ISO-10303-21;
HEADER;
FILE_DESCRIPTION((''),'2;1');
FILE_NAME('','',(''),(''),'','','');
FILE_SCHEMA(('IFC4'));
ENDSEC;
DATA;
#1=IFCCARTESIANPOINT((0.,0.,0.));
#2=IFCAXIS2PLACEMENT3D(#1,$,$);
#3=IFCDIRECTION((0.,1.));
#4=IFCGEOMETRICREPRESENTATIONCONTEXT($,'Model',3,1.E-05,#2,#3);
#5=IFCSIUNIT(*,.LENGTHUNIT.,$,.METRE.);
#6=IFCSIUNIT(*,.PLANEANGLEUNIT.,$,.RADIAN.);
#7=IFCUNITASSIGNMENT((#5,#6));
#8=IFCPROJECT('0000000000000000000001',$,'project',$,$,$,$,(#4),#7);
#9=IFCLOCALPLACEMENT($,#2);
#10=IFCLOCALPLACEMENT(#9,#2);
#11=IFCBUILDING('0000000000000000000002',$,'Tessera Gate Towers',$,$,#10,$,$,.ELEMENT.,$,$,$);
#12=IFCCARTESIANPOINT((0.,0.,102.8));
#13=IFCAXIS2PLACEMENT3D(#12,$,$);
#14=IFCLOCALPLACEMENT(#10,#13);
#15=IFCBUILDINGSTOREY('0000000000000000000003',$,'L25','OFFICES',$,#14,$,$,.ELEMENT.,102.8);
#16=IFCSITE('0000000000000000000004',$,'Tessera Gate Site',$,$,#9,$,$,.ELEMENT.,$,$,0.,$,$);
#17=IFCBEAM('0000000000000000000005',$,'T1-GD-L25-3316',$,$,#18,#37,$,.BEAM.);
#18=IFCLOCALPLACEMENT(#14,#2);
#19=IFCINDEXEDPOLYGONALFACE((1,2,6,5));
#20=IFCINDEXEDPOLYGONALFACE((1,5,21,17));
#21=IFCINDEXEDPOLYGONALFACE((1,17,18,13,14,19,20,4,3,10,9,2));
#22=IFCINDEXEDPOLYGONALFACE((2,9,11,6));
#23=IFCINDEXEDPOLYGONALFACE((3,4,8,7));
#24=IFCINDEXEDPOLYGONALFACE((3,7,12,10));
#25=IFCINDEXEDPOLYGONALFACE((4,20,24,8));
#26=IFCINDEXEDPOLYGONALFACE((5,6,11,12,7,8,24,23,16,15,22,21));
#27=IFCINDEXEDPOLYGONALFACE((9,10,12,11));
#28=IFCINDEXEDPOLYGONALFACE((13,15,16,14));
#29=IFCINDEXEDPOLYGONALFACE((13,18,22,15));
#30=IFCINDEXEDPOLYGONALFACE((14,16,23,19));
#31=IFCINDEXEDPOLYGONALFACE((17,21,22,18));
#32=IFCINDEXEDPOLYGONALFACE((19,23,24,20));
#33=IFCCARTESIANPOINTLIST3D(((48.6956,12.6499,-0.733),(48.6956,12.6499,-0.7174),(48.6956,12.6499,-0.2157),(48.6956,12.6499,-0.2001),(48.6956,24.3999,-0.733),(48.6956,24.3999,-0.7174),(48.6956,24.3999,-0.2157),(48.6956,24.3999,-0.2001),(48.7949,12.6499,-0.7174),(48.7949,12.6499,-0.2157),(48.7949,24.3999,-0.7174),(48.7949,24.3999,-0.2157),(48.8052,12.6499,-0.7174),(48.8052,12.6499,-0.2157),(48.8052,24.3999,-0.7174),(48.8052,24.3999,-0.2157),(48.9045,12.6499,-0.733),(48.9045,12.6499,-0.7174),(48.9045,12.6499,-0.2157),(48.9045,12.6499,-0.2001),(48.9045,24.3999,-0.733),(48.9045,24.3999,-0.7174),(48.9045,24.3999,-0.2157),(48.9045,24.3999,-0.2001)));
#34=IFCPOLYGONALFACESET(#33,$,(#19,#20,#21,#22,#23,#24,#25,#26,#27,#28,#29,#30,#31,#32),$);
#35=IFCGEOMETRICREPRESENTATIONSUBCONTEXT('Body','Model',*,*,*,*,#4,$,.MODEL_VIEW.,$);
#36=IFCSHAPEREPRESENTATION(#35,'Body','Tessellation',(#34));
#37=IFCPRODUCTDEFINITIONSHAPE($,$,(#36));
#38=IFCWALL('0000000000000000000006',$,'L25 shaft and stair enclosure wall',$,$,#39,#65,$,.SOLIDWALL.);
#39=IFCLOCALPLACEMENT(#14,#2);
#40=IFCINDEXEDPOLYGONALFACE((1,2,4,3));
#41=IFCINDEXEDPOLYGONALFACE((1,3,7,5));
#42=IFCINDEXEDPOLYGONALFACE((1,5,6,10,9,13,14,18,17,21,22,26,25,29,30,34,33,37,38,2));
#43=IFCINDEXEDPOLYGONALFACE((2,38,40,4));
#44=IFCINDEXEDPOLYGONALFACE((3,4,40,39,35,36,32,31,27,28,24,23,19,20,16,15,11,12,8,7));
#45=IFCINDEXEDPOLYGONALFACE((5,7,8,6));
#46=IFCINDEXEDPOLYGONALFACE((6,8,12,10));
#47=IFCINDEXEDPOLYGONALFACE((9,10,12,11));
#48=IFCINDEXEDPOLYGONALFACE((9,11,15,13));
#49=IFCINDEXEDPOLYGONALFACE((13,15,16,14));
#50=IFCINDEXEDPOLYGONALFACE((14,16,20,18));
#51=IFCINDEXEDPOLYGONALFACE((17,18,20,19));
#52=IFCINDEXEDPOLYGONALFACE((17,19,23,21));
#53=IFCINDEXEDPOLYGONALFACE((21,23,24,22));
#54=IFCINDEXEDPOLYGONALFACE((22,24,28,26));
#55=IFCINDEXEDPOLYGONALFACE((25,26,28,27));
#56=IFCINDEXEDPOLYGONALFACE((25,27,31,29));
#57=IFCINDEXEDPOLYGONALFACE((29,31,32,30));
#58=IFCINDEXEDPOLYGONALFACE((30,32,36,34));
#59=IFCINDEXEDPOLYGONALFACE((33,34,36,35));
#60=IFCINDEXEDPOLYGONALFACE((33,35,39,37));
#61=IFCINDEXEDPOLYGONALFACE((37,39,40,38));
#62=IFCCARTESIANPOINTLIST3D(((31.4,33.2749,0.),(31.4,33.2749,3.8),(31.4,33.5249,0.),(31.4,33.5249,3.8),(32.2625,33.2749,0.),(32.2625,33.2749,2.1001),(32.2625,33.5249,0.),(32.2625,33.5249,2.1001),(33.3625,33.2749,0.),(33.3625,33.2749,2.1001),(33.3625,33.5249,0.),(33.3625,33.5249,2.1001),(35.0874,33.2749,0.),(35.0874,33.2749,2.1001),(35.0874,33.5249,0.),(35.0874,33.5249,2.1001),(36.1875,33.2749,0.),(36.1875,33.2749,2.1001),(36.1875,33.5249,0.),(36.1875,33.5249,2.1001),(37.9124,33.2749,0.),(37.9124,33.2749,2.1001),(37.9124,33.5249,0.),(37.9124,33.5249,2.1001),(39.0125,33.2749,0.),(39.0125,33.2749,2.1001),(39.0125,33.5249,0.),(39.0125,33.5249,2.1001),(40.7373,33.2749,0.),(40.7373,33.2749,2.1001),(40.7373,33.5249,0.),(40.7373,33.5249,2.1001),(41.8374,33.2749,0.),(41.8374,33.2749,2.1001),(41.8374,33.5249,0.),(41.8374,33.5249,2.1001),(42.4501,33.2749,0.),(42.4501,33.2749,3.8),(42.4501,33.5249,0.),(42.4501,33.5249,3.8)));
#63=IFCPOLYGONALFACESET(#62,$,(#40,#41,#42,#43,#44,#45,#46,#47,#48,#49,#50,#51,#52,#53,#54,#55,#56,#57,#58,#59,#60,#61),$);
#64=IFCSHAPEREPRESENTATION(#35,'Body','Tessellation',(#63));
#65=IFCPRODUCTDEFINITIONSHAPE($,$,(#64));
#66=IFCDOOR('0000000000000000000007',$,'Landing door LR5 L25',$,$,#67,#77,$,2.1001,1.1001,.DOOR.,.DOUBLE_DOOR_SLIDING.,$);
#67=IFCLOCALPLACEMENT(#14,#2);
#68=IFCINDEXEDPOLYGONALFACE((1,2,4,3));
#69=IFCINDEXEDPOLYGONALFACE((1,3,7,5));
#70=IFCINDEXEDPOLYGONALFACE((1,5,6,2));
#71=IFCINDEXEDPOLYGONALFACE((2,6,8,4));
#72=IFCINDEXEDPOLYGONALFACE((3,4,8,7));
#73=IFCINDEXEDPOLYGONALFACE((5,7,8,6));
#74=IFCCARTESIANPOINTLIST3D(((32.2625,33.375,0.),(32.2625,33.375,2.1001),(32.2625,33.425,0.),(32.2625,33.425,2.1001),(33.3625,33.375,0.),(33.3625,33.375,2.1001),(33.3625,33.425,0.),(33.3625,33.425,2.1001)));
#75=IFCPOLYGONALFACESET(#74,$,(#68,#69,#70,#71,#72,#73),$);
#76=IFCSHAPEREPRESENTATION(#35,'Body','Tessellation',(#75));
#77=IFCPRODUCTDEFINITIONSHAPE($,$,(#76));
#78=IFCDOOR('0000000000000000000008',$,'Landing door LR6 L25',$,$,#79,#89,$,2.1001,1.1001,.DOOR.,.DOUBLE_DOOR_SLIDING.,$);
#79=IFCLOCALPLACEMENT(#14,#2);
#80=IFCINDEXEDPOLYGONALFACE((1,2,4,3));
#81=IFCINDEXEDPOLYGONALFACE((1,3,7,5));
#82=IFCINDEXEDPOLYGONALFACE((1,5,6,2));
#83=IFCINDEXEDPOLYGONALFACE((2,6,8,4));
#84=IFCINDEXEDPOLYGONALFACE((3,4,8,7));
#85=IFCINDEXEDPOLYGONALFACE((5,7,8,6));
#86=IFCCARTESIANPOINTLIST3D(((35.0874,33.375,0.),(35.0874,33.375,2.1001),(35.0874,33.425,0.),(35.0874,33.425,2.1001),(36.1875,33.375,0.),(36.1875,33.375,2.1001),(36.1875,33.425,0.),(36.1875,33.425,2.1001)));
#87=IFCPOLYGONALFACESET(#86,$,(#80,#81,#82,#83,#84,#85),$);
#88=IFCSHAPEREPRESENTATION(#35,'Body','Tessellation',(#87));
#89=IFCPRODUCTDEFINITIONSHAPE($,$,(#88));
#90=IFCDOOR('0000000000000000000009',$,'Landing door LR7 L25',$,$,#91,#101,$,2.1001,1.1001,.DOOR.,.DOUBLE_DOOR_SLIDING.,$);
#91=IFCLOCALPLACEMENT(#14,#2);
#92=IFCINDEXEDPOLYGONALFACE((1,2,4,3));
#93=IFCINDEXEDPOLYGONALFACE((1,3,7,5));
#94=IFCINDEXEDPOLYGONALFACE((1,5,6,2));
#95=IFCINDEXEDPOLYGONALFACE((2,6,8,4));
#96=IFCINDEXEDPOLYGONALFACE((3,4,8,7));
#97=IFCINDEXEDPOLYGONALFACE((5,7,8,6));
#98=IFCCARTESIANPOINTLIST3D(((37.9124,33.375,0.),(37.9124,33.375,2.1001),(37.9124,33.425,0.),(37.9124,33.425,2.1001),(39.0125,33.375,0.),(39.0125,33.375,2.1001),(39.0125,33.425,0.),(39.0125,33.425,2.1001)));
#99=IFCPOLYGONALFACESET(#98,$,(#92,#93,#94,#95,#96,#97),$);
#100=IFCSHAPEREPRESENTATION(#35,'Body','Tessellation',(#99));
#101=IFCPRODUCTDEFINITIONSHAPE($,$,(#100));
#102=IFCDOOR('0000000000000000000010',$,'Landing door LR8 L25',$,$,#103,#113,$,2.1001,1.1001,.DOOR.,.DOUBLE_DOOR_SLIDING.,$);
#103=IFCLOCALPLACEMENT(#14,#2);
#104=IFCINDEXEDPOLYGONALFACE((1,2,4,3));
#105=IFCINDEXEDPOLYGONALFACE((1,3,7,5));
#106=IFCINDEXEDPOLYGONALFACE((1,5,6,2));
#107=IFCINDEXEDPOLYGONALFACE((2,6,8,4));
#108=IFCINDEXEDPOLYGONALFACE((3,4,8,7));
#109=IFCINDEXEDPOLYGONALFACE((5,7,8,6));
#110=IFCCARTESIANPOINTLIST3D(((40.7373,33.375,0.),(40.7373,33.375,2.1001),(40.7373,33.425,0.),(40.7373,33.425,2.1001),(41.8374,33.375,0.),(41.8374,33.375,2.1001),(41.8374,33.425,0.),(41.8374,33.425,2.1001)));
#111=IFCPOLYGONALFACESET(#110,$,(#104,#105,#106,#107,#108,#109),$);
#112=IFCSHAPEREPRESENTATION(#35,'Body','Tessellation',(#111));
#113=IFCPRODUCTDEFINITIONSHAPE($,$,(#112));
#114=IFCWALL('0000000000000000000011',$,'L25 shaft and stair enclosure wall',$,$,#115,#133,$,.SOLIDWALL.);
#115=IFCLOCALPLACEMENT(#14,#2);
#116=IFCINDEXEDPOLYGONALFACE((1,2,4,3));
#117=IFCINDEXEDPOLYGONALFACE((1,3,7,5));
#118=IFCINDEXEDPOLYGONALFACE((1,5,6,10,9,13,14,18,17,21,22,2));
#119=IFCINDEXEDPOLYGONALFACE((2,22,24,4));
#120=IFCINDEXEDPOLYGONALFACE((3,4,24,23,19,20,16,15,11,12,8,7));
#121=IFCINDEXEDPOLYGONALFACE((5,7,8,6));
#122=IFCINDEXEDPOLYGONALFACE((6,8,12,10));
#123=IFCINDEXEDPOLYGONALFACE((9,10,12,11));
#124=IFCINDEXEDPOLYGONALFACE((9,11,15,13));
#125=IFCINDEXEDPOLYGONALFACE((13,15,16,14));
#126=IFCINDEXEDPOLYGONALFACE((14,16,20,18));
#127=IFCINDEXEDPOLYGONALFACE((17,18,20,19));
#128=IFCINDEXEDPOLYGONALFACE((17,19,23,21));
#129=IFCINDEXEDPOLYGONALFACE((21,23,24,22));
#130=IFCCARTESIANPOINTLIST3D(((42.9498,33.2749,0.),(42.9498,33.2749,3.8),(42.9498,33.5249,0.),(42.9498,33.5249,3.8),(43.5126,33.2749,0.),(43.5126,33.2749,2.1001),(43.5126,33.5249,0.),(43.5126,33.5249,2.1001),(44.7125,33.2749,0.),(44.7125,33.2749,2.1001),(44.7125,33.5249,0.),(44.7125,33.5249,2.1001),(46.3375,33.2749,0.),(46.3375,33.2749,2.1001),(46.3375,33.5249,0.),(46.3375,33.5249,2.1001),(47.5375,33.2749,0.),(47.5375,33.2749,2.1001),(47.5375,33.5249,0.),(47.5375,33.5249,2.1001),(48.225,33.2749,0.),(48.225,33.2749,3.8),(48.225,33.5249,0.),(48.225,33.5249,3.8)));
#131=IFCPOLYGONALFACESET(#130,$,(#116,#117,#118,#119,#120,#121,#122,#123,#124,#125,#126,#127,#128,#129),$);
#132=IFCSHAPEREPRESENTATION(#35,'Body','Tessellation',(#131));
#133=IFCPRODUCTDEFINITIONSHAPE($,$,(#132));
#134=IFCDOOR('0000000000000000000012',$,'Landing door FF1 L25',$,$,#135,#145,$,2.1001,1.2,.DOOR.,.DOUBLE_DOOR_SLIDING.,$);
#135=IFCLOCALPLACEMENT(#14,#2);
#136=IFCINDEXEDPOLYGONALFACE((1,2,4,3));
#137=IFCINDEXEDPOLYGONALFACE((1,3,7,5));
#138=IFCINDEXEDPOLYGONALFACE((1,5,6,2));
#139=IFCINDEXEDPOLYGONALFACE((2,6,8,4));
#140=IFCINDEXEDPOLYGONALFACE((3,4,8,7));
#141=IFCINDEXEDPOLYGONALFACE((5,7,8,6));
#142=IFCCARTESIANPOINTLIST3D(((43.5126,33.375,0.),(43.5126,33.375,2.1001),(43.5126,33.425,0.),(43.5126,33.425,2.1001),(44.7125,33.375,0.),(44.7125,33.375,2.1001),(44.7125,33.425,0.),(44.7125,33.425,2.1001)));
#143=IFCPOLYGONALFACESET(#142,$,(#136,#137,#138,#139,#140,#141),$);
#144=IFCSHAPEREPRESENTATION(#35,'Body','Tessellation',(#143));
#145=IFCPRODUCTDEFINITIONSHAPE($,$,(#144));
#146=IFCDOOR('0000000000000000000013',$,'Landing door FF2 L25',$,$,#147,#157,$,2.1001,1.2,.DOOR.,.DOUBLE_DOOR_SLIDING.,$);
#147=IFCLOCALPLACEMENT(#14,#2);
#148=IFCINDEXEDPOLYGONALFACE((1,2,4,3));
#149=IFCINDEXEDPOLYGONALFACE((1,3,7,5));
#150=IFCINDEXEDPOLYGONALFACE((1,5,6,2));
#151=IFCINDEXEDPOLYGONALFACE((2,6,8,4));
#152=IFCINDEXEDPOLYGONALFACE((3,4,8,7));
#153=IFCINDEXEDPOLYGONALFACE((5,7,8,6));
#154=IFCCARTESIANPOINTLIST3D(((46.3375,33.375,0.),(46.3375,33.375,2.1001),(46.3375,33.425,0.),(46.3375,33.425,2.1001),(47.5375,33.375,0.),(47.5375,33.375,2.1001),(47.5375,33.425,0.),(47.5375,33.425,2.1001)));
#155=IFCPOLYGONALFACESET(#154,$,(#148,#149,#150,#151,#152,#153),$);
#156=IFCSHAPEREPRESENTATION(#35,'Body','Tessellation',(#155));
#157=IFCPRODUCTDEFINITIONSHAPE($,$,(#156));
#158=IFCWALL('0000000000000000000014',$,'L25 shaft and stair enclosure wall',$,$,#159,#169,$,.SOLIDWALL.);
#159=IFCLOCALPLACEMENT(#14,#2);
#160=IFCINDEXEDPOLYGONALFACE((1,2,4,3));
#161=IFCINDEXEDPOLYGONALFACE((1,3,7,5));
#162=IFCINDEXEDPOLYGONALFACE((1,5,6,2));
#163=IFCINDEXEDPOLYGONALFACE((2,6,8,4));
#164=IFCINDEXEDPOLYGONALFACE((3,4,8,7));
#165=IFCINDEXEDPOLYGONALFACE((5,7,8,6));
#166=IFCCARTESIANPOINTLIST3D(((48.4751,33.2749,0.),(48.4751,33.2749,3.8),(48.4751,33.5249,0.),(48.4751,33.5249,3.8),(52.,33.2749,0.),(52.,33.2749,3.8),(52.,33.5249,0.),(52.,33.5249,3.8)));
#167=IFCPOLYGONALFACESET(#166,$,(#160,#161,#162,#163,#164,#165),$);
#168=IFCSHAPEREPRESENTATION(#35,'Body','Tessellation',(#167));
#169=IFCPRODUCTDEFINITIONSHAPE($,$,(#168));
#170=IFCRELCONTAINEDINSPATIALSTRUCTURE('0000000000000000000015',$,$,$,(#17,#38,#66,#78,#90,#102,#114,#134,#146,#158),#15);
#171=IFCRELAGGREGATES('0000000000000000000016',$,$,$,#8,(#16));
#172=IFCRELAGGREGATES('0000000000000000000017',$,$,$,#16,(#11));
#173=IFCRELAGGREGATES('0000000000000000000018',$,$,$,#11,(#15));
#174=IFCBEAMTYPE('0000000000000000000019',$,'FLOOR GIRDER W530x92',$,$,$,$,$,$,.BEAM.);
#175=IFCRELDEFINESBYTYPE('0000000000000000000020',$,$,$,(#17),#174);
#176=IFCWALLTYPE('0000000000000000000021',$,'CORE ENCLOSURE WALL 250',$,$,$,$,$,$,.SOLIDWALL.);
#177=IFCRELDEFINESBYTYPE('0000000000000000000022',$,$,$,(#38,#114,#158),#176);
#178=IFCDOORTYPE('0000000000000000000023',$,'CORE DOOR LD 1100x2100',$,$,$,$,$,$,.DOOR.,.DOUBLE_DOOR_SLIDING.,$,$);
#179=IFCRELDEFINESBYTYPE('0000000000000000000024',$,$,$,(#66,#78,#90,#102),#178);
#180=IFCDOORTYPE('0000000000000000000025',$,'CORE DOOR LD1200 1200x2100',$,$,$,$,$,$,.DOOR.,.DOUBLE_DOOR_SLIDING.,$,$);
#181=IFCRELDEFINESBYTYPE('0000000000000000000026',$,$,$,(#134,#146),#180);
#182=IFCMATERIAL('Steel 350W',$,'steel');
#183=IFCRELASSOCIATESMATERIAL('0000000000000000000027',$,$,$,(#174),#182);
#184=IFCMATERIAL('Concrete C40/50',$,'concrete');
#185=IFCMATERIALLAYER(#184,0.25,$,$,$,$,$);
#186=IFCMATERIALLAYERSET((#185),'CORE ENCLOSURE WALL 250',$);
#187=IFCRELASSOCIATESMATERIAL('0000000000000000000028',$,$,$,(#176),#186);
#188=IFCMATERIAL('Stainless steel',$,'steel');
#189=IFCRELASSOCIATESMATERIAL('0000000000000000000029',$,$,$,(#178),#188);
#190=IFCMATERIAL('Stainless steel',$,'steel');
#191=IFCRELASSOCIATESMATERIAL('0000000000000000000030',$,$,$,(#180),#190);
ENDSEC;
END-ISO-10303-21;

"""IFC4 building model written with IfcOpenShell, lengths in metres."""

from ifc_helpers import new_model, si_unit, direction, frame, frame_2d, origin, origin_2d, place, context, subcontext, project, spatial, rectangle, i_section, extrude, source, transform, mapped, material, layer, layer_set, material_profile, profile_set, type_object, element, fill, save


model = new_model("IFC4")

# Units and contexts
model_context = context("Model", 3, precision=1e-05, world=origin(), true_north=direction((0.0, 1.0)))
body_context = subcontext(model_context, "Body", "Model", "MODEL_VIEW")
ifc_project = project(units=[si_unit("LENGTHUNIT", "METRE"), si_unit("PLANEANGLEUNIT", "RADIAN")], contexts=[model_context])

# Site, building, storey
site_placement = place(None, origin())
site = spatial("IfcSite", under=ifc_project, at=site_placement, Name="Tessera Gate Site", CompositionType="ELEMENT", RefElevation=0.0)
building_placement = place(site_placement, origin())
building = spatial("IfcBuilding", under=site, at=building_placement, Name="Tessera Gate Towers", CompositionType="ELEMENT")
storey_placement = place(building_placement, frame((0.0, 0.0, 102.8)))
storey = spatial("IfcBuildingStorey", under=building, at=storey_placement, Name="L25", Description="OFFICES", CompositionType="ELEMENT", Elevation=102.8)

# Beam
ifc_material_1 = material(Name="Steel 350W", Category="steel")
ifc_material_profile = material_profile(ifc_material_1, i_section(OverallWidth=0.209, OverallDepth=0.533, WebThickness=0.0103, FlangeThickness=0.0156, at=origin_2d()), Name="W530x92")
ifc_profile_set = profile_set([ifc_material_profile], Name="Steel 350W")
beam_type = type_object("IfcBeamType", Name="FLOOR GIRDER W530x92", PredefinedType="BEAM", material=ifc_profile_set)
beam_placement = place(storey_placement, frame((48.8, 12.6499, -0.4666), z_axis=(0.0, 1.0, 0.0), x_axis=(-1.0, 0.0, 0.0)))
element("IfcBeam", 1, at=beam_placement, inside=storey, type_object=beam_type, Name="T1-GD-L25-3316", PredefinedType="BEAM", context=body_context, shape_type="SweptSolid", body=[
    extrude(i_section(OverallWidth=0.209, OverallDepth=0.533, WebThickness=0.0103, FlangeThickness=0.0156, at=origin_2d()), origin(), (0.0, 0.0, 1.0), 11.75),
])

# Walls, openings, doors
ifc_material_2 = material(Name="Concrete C40/50", Category="concrete")
ifc_layer_1 = layer(ifc_material_2, 0.25)
ifc_layer_set_1 = layer_set([ifc_layer_1], Name="CORE ENCLOSURE WALL 250")
wall_type_1 = type_object("IfcWallType", Name="CORE ENCLOSURE WALL 250", PredefinedType="SOLIDWALL", material=ifc_layer_set_1)
wall_1_placement = place(storey_placement, frame((42.45, 33.3999, 0.0), z_axis=(0.0, 0.0, 1.0), x_axis=(-1.0, 0.0, 0.0)))
wall_1 = element("IfcWall", 2, at=wall_1_placement, inside=storey, type_object=wall_type_1, Name="L25 shaft and stair enclosure wall", PredefinedType="SOLIDWALL", context=body_context, shape_type="SweptSolid", body=[
    extrude(rectangle(XDim=11.05, YDim=0.25, at=frame_2d((5.5249, 0.0))), origin(), (0.0, 0.0, 1.0), 3.8),
])
shared_shape_1 = source(origin(), body_context, "Body", "SweptSolid", [
    extrude(rectangle(XDim=1.1001, YDim=2.1001, at=frame_2d((0.55, 1.05))), frame((0.0, 0.135, 0.0), z_axis=(0.0, -1.0, 0.0), x_axis=(1.0, 0.0, 0.0)), (0.0, 0.0, 1.0), 0.27),
])
opening_1_placement = place(wall_1_placement, frame((9.0874, 0.0, 0.0)))
opening_1 = element("IfcOpeningElement", 3, at=opening_1_placement, cuts=wall_1, PredefinedType="OPENING", context=body_context, shape_type="MappedRepresentation", body=[
    mapped(shared_shape_1, transform((0.0, 0.0, 0.0), scale=1.0)),
])
opening_2_placement = place(wall_1_placement, frame((6.2625, 0.0, 0.0)))
opening_2 = element("IfcOpeningElement", 4, at=opening_2_placement, cuts=wall_1, PredefinedType="OPENING", context=body_context, shape_type="MappedRepresentation", body=[
    mapped(shared_shape_1, transform((0.0, 0.0, 0.0), scale=1.0)),
])
opening_3_placement = place(wall_1_placement, frame((3.4375, 0.0, 0.0)))
opening_3 = element("IfcOpeningElement", 5, at=opening_3_placement, cuts=wall_1, PredefinedType="OPENING", context=body_context, shape_type="MappedRepresentation", body=[
    mapped(shared_shape_1, transform((0.0, 0.0, 0.0), scale=1.0)),
])
opening_4_placement = place(wall_1_placement, frame((0.6125, 0.0, 0.0)))
opening_4 = element("IfcOpeningElement", 6, at=opening_4_placement, cuts=wall_1, PredefinedType="OPENING", context=body_context, shape_type="MappedRepresentation", body=[
    mapped(shared_shape_1, transform((0.0, 0.0, 0.0), scale=1.0)),
])
ifc_material_3 = material(Name="Stainless steel", Category="steel")
door_type_1 = type_object("IfcDoorType", Name="CORE DOOR LD 1100x2100", OperationType="DOUBLE_DOOR_SLIDING", PredefinedType="DOOR", material=ifc_material_3)
shared_shape_2 = source(origin(), body_context, "Body", "SweptSolid", [
    extrude(rectangle(XDim=1.1001, YDim=2.1001, at=frame_2d((0.55, 1.05))), frame((0.0, 0.0249, 0.0), z_axis=(0.0, -1.0, 0.0), x_axis=(1.0, 0.0, 0.0)), (0.0, 0.0, 1.0), 0.05),
])
door_1_placement = place(opening_1_placement, origin())
door_1 = element("IfcDoor", 7, at=door_1_placement, inside=storey, type_object=door_type_1, Name="Landing door LR5 L25", OperationType="DOUBLE_DOOR_SLIDING", OverallHeight=2.1001, OverallWidth=1.1001, PredefinedType="DOOR", context=body_context, shape_type="MappedRepresentation", body=[
    mapped(shared_shape_2, transform((0.0, 0.0, 0.0), scale=1.0)),
])
fill(opening_1, door_1)
door_2_placement = place(opening_2_placement, origin())
door_2 = element("IfcDoor", 8, at=door_2_placement, inside=storey, type_object=door_type_1, Name="Landing door LR6 L25", OperationType="DOUBLE_DOOR_SLIDING", OverallHeight=2.1001, OverallWidth=1.1001, PredefinedType="DOOR", context=body_context, shape_type="MappedRepresentation", body=[
    mapped(shared_shape_2, transform((0.0, 0.0, 0.0), scale=1.0)),
])
fill(opening_2, door_2)
door_3_placement = place(opening_3_placement, origin())
door_3 = element("IfcDoor", 9, at=door_3_placement, inside=storey, type_object=door_type_1, Name="Landing door LR7 L25", OperationType="DOUBLE_DOOR_SLIDING", OverallHeight=2.1001, OverallWidth=1.1001, PredefinedType="DOOR", context=body_context, shape_type="MappedRepresentation", body=[
    mapped(shared_shape_2, transform((0.0, 0.0, 0.0), scale=1.0)),
])
fill(opening_3, door_3)
door_4_placement = place(opening_4_placement, origin())
door_4 = element("IfcDoor", 10, at=door_4_placement, inside=storey, type_object=door_type_1, Name="Landing door LR8 L25", OperationType="DOUBLE_DOOR_SLIDING", OverallHeight=2.1001, OverallWidth=1.1001, PredefinedType="DOOR", context=body_context, shape_type="MappedRepresentation", body=[
    mapped(shared_shape_2, transform((0.0, 0.0, 0.0), scale=1.0)),
])
fill(opening_4, door_4)
wall_2_placement = place(storey_placement, frame((48.2251, 33.3999, 0.0), z_axis=(0.0, 0.0, 1.0), x_axis=(-1.0, 0.0, 0.0)))
wall_2 = element("IfcWall", 11, at=wall_2_placement, inside=storey, type_object=wall_type_1, Name="L25 shaft and stair enclosure wall", PredefinedType="SOLIDWALL", context=body_context, shape_type="SweptSolid", body=[
    extrude(rectangle(XDim=5.2751, YDim=0.25, at=frame_2d((2.6377, 0.0))), origin(), (0.0, 0.0, 1.0), 3.8),
])
shared_shape_3 = source(origin(), body_context, "Body", "SweptSolid", [
    extrude(rectangle(XDim=1.2, YDim=2.1001, at=frame_2d((0.6001, 1.05))), frame((0.0, 0.135, 0.0), z_axis=(0.0, -1.0, 0.0), x_axis=(1.0, 0.0, 0.0)), (0.0, 0.0, 1.0), 0.27),
])
opening_5_placement = place(wall_2_placement, frame((3.5125, 0.0, 0.0)))
opening_5 = element("IfcOpeningElement", 12, at=opening_5_placement, cuts=wall_2, PredefinedType="OPENING", context=body_context, shape_type="MappedRepresentation", body=[
    mapped(shared_shape_3, transform((0.0, 0.0, 0.0), scale=1.0)),
])
opening_6_placement = place(wall_2_placement, frame((0.6875, 0.0, 0.0)))
opening_6 = element("IfcOpeningElement", 13, at=opening_6_placement, cuts=wall_2, PredefinedType="OPENING", context=body_context, shape_type="MappedRepresentation", body=[
    mapped(shared_shape_3, transform((0.0, 0.0, 0.0), scale=1.0)),
])
ifc_material_4 = material(Name="Stainless steel", Category="steel")
door_type_2 = type_object("IfcDoorType", Name="CORE DOOR LD1200 1200x2100", OperationType="DOUBLE_DOOR_SLIDING", PredefinedType="DOOR", material=ifc_material_4)
shared_shape_4 = source(origin(), body_context, "Body", "SweptSolid", [
    extrude(rectangle(XDim=1.2, YDim=2.1001, at=frame_2d((0.6001, 1.05))), frame((0.0, 0.0249, 0.0), z_axis=(0.0, -1.0, 0.0), x_axis=(1.0, 0.0, 0.0)), (0.0, 0.0, 1.0), 0.05),
])
door_5_placement = place(opening_5_placement, origin())
door_5 = element("IfcDoor", 14, at=door_5_placement, inside=storey, type_object=door_type_2, Name="Landing door FF1 L25", OperationType="DOUBLE_DOOR_SLIDING", OverallHeight=2.1001, OverallWidth=1.2, PredefinedType="DOOR", context=body_context, shape_type="MappedRepresentation", body=[
    mapped(shared_shape_4, transform((0.0, 0.0, 0.0), scale=1.0)),
])
fill(opening_5, door_5)
door_6_placement = place(opening_6_placement, origin())
door_6 = element("IfcDoor", 15, at=door_6_placement, inside=storey, type_object=door_type_2, Name="Landing door FF2 L25", OperationType="DOUBLE_DOOR_SLIDING", OverallHeight=2.1001, OverallWidth=1.2, PredefinedType="DOOR", context=body_context, shape_type="MappedRepresentation", body=[
    mapped(shared_shape_4, transform((0.0, 0.0, 0.0), scale=1.0)),
])
fill(opening_6, door_6)

# Wall
wall_3_placement = place(storey_placement, frame((48.4751, 33.3999, 0.0), z_axis=(0.0, 0.0, 1.0), x_axis=(1.0, 0.0, 0.0)))
element("IfcWall", 16, at=wall_3_placement, inside=storey, type_object=wall_type_1, Name="L25 shaft and stair enclosure wall", PredefinedType="SOLIDWALL", context=body_context, shape_type="SweptSolid", body=[
    extrude(rectangle(XDim=3.5249, YDim=0.25, at=frame_2d((1.7625, 0.0))), origin(), (0.0, 0.0, 1.0), 3.8),
])

save(model, "model.ifc")
